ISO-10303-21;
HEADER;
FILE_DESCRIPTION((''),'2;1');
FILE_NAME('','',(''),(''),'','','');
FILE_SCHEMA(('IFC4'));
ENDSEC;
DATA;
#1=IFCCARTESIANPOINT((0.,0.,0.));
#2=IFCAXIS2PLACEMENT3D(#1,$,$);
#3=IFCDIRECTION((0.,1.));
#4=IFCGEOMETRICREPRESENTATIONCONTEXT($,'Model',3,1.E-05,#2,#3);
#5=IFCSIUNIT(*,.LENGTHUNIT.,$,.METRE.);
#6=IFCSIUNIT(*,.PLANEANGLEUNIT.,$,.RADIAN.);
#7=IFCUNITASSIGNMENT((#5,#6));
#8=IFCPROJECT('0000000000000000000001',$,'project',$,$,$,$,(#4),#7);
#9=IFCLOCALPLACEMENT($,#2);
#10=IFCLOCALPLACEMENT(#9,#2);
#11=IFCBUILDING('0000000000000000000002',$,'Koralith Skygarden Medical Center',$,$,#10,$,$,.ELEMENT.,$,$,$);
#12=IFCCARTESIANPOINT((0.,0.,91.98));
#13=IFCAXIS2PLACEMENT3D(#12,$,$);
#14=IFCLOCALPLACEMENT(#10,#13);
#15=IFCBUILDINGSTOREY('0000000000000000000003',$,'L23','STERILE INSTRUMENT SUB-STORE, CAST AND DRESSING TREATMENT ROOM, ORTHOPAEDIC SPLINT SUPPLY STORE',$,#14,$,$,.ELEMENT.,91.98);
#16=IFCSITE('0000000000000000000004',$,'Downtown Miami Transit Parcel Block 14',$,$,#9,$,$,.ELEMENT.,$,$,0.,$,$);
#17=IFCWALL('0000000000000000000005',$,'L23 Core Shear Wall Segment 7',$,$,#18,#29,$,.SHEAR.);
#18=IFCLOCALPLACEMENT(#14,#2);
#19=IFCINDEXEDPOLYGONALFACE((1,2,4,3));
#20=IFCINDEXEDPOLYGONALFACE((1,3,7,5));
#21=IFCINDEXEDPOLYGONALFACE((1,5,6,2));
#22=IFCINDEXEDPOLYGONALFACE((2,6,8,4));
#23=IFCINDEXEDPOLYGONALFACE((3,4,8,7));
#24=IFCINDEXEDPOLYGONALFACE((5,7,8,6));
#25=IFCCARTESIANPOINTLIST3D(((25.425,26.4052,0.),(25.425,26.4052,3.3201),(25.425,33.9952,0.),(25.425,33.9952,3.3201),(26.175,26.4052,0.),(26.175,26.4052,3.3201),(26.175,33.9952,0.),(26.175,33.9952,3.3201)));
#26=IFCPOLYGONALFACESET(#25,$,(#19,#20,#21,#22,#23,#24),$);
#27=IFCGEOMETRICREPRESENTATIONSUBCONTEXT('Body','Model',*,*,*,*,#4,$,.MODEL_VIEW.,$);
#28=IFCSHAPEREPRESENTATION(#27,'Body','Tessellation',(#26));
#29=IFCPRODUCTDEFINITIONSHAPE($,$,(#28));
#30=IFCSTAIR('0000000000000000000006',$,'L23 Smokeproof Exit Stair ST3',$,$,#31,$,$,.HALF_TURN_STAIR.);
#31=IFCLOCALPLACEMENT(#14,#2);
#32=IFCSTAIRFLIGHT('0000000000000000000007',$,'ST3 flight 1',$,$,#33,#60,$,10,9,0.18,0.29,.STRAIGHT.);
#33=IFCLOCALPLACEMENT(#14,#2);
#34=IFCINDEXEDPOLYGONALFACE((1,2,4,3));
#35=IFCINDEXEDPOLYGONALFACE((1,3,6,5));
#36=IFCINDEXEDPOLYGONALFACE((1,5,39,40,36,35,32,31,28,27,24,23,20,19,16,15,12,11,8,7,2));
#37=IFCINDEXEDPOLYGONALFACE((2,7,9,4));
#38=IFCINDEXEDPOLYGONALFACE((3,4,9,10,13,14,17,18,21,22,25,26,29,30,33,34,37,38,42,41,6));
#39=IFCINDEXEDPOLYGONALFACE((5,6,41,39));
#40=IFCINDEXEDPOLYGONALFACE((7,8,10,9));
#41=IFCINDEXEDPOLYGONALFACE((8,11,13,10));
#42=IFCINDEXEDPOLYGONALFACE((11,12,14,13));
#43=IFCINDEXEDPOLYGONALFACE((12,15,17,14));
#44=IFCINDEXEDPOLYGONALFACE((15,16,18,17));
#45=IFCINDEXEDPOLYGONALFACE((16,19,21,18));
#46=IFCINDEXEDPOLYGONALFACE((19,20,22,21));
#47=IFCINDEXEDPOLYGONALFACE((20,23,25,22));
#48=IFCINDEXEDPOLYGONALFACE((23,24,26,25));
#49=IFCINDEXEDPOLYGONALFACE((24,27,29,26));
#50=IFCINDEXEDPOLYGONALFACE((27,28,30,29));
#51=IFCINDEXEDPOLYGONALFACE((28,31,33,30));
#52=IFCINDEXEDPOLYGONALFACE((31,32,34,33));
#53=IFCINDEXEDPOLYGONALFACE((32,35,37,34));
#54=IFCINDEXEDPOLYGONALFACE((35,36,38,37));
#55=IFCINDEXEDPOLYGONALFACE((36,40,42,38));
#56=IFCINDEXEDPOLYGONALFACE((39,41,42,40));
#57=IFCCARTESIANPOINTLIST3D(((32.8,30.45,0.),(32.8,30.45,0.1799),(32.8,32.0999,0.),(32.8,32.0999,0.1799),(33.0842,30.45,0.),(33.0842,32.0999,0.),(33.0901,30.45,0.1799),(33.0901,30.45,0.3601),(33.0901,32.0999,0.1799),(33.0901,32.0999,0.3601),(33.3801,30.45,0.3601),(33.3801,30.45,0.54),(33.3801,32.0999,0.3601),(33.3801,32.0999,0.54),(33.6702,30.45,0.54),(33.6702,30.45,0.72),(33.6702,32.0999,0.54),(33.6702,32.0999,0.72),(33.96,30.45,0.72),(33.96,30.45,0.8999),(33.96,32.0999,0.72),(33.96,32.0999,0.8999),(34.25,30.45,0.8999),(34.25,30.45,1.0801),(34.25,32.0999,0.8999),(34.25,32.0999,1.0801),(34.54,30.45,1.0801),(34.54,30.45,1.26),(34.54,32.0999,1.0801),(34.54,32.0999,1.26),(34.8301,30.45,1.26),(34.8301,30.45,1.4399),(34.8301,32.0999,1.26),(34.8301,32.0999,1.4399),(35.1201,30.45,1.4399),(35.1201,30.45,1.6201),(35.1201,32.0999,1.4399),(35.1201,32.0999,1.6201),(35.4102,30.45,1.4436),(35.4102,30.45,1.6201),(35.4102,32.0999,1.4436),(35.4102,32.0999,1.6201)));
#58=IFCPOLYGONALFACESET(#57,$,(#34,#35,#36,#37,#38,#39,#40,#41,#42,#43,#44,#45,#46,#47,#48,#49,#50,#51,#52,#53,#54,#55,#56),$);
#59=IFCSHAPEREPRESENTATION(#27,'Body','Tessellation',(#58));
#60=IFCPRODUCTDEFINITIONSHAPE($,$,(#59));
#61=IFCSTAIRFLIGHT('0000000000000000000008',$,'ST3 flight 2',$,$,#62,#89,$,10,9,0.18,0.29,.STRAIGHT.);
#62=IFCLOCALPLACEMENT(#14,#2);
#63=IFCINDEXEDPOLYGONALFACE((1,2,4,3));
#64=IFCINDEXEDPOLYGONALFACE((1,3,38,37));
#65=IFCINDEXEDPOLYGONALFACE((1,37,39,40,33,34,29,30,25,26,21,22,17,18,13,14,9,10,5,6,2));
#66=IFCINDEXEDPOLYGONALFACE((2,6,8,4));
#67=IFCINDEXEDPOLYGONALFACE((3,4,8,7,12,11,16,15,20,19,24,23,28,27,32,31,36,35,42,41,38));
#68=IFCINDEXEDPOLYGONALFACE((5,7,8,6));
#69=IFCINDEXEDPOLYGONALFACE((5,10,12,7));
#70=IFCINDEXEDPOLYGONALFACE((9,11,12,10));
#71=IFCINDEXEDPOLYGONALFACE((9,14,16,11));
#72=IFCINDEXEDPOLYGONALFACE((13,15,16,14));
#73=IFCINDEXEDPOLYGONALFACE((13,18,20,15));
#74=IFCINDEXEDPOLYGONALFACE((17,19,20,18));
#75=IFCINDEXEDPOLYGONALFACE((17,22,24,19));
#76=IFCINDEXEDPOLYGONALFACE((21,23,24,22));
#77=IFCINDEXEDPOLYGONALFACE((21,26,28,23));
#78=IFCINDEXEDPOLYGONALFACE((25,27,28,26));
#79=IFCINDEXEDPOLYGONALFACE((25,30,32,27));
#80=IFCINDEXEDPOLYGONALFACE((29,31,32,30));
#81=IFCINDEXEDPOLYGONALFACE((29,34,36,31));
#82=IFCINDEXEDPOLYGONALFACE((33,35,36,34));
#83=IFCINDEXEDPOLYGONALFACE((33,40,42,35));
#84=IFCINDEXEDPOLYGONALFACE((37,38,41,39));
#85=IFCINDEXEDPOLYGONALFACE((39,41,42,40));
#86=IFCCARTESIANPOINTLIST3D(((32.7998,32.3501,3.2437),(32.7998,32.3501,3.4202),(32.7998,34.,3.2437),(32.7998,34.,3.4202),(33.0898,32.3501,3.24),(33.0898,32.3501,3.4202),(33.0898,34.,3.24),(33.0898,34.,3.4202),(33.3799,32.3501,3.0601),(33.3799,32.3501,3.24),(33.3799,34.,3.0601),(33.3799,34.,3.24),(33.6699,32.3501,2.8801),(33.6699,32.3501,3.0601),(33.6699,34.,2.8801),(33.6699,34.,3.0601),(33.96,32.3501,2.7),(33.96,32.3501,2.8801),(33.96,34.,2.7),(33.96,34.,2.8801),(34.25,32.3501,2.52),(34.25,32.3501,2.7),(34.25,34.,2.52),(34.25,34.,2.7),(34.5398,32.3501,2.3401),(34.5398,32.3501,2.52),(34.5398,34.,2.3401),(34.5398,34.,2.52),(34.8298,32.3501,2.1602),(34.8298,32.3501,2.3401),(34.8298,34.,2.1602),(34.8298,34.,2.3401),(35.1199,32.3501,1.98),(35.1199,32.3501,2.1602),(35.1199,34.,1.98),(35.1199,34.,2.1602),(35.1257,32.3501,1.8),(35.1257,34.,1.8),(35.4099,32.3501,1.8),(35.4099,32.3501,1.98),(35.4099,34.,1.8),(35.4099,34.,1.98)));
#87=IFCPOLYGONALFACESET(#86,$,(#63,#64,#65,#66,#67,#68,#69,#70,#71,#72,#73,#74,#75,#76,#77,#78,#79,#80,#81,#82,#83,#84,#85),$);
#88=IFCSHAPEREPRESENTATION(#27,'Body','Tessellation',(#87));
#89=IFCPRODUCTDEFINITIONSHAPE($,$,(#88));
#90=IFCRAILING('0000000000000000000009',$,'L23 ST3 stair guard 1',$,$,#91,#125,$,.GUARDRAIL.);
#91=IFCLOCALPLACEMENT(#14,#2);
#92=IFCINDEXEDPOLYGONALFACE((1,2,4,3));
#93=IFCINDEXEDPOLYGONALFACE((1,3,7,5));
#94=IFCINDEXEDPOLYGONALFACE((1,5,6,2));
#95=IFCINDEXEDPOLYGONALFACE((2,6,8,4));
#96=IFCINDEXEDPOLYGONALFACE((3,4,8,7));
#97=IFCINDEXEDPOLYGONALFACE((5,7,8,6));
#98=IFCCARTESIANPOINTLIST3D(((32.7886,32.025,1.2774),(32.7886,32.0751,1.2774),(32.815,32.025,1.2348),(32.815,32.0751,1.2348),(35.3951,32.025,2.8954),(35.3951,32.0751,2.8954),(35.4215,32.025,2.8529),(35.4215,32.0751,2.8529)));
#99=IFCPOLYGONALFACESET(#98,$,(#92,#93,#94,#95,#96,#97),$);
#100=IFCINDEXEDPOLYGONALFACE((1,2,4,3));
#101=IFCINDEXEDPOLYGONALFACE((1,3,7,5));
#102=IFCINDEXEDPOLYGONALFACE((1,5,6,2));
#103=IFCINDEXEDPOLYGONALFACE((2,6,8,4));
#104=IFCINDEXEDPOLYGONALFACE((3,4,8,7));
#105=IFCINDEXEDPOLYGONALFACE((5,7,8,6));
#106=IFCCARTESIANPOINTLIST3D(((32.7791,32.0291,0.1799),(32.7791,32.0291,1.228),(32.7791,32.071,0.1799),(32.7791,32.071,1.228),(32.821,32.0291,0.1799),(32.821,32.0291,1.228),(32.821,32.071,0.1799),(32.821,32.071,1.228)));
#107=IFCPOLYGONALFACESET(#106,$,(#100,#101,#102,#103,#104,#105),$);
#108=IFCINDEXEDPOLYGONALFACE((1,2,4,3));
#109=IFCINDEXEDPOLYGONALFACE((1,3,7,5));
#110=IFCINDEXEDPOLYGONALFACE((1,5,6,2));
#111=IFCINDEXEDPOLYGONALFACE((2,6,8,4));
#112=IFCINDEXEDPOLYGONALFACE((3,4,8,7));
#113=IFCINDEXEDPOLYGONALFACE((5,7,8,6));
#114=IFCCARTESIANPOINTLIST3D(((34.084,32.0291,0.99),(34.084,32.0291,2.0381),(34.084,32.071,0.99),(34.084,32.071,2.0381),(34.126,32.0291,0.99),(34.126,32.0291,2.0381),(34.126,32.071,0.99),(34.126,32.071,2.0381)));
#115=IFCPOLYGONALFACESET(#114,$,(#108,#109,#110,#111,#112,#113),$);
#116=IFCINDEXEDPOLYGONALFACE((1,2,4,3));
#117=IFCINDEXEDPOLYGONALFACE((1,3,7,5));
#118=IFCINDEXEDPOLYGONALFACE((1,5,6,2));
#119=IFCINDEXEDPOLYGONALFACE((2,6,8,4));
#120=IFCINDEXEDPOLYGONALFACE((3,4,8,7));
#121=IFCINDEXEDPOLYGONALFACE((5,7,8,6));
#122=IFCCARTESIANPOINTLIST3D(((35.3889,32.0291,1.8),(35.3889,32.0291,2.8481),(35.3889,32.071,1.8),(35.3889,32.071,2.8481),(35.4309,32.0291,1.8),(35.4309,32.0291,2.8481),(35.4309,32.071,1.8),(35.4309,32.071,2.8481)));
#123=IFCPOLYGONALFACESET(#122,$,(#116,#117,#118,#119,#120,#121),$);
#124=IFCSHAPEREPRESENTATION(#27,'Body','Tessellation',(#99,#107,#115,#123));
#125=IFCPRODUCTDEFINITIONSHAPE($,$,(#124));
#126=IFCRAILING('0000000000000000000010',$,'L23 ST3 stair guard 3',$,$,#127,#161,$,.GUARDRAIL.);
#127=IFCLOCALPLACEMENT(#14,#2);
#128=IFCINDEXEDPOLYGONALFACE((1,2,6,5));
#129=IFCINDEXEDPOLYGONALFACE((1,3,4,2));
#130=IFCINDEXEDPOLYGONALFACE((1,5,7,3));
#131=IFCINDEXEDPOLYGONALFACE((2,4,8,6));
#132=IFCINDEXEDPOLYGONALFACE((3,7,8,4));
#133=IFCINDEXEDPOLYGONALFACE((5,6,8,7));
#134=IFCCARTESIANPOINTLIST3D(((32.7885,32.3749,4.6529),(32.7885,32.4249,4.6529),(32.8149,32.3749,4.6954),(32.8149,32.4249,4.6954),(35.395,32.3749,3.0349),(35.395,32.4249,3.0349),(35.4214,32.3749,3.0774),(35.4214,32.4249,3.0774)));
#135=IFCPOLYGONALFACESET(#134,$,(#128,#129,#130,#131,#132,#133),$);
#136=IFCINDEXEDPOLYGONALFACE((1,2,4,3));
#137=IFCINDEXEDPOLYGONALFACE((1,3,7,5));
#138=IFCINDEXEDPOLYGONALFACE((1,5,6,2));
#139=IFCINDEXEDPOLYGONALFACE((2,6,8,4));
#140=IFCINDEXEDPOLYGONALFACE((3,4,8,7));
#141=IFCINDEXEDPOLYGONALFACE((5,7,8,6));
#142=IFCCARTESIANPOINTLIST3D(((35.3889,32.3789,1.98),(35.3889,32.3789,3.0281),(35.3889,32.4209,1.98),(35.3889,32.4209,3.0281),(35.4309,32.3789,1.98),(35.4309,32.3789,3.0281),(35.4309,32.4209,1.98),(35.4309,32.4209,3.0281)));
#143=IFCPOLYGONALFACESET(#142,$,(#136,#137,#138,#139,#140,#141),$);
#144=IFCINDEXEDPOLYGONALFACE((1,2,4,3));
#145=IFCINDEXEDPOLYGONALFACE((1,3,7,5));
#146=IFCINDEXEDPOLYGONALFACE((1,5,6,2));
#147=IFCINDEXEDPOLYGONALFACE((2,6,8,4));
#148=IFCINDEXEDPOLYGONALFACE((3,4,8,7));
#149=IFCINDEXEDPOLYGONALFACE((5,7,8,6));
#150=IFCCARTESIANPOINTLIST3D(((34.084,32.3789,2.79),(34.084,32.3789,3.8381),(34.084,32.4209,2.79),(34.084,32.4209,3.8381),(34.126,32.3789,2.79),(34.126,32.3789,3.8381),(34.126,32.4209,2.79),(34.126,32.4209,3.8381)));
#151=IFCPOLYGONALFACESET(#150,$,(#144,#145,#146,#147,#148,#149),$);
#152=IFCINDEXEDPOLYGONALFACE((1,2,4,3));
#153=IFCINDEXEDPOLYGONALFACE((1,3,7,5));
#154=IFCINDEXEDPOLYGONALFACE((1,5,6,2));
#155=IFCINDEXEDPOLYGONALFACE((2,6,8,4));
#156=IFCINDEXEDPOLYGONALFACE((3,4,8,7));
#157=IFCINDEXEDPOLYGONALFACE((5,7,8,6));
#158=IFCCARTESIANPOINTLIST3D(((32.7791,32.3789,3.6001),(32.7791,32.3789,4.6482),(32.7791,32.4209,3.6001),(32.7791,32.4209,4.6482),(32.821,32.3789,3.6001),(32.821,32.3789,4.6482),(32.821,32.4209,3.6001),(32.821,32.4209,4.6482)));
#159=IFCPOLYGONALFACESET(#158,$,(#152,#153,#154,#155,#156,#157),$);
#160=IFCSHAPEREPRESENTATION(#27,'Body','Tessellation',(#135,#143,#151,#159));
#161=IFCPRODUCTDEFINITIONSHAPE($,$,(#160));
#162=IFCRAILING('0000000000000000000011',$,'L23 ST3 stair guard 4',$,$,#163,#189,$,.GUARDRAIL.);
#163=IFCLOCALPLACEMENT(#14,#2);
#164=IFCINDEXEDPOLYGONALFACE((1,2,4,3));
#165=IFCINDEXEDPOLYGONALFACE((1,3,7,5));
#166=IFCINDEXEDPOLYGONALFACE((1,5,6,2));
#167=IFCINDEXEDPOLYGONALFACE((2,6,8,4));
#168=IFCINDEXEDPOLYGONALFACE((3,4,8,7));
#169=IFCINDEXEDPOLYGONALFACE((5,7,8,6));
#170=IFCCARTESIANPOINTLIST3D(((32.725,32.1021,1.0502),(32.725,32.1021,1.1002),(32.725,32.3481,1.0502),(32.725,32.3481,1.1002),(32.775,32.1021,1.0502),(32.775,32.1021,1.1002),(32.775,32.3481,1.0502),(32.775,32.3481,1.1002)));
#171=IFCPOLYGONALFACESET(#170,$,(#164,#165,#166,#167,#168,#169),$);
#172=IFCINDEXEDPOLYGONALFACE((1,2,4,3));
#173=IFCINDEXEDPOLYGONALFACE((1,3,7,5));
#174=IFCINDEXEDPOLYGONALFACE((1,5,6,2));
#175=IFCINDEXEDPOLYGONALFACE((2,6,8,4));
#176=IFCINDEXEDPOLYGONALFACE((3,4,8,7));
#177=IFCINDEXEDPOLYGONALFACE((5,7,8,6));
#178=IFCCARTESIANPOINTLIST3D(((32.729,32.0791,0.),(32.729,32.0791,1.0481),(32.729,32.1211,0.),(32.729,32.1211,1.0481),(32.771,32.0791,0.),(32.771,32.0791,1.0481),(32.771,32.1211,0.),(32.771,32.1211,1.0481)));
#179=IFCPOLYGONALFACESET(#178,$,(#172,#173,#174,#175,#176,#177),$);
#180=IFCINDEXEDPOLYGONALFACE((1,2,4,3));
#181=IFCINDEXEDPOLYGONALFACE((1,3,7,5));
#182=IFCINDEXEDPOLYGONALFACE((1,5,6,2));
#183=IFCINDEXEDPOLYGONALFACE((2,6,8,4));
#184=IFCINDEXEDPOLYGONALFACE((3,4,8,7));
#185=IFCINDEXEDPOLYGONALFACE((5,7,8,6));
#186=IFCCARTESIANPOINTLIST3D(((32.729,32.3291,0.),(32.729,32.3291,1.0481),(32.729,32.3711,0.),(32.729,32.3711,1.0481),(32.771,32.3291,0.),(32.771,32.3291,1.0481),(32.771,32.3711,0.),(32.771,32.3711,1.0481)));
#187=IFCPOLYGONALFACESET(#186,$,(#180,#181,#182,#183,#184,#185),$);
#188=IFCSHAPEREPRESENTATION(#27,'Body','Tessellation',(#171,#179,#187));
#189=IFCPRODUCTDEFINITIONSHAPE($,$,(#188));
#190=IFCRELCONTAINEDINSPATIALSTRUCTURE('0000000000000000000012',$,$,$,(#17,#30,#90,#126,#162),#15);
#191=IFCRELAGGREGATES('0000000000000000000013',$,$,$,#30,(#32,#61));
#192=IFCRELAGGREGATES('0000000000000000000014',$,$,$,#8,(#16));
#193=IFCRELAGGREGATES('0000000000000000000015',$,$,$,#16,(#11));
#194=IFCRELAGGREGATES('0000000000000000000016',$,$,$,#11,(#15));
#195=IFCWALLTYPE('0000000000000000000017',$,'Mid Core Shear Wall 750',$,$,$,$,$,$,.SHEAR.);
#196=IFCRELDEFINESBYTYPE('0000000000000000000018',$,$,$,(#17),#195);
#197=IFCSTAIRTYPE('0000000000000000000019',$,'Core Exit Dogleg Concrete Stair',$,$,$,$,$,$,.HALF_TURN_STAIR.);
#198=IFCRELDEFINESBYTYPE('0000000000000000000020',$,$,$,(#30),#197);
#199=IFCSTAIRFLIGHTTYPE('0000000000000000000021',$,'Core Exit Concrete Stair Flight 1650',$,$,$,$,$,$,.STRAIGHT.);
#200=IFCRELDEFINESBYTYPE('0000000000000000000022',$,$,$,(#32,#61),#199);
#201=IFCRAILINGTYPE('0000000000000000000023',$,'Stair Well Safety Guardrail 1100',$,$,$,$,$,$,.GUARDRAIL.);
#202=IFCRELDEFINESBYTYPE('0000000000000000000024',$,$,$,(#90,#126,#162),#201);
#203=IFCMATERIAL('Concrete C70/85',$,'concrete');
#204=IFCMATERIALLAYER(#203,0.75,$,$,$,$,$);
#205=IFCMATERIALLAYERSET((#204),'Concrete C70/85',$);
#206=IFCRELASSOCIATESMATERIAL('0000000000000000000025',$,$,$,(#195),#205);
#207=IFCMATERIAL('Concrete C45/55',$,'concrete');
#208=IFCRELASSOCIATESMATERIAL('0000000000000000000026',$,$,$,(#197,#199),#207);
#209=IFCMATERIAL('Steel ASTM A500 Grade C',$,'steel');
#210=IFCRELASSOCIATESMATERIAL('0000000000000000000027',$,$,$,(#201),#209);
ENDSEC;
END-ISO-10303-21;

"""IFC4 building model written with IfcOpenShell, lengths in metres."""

from ifc_helpers import new_model, si_unit, direction, frame, frame_2d, origin, origin_2d, place, context, subcontext, project, spatial, polyline, rectangle, outline, extrude, material, layer, layer_set, type_object, element, aggregate, save


model = new_model("IFC4")

# Units and contexts
model_context = context("Model", 3, precision=1e-05, world=origin(), true_north=direction((0.0, 1.0)))
body_context = subcontext(model_context, "Body", "Model", "MODEL_VIEW")
ifc_project = project(units=[si_unit("LENGTHUNIT", "METRE"), si_unit("PLANEANGLEUNIT", "RADIAN")], contexts=[model_context])

# Site, building, storey
site_placement = place(None, origin())
site = spatial("IfcSite", under=ifc_project, at=site_placement, Name="Downtown Miami Transit Parcel Block 14", CompositionType="ELEMENT", RefElevation=0.0)
building_placement = place(site_placement, origin())
building = spatial("IfcBuilding", under=site, at=building_placement, Name="Koralith Skygarden Medical Center", CompositionType="ELEMENT")
storey_placement = place(building_placement, frame((0.0, 0.0, 91.98)))
storey = spatial("IfcBuildingStorey", under=building, at=storey_placement, Name="L23", Description="STERILE INSTRUMENT SUB-STORE, CAST AND DRESSING TREATMENT ROOM, ORTHOPAEDIC SPLINT SUPPLY STORE", CompositionType="ELEMENT", Elevation=91.98)

# Shared definitions
ifc_material_1 = material(Name="Concrete C70/85", Category="concrete")

# Shared definitions
ifc_material_2 = material(Name="Concrete C45/55", Category="concrete")

# Wall
ifc_layer_1 = layer(ifc_material_1, 0.75)
ifc_layer_set_1 = layer_set([ifc_layer_1], Name="Concrete C70/85")
wall_type_1 = type_object("IfcWallType", Name="Mid Core Shear Wall 750", PredefinedType="SHEAR", material=ifc_layer_set_1)
wall_1_placement = place(storey_placement, frame((25.8, 33.9951, 0.0), z_axis=(0.0, 0.0, 1.0), x_axis=(0.0, -1.0, 0.0)))
element("IfcWall", 1, at=wall_1_placement, inside=storey, type_object=wall_type_1, Name="L23 Core Shear Wall Segment 7", PredefinedType="SHEAR", context=body_context, shape_type="SweptSolid", body=[
    extrude(rectangle(XDim=7.5901, YDim=0.75, at=frame_2d((3.7949, 0.0))), origin(), (0.0, 0.0, 1.0), 3.3201),
])

# Stair, stair flights
stair_type = type_object("IfcStairType", Name="Core Exit Dogleg Concrete Stair", PredefinedType="HALF_TURN_STAIR", material=ifc_material_2)
stair_placement = place(storey_placement, origin())
stair = element("IfcStair", 2, at=stair_placement, inside=storey, type_object=stair_type, Name="L23 Smokeproof Exit Stair ST3", PredefinedType="HALF_TURN_STAIR")
stair_flight_type = type_object("IfcStairFlightType", Name="Core Exit Concrete Stair Flight 1650", PredefinedType="STRAIGHT", material=ifc_material_2)
stair_flight_1_placement = place(storey_placement, frame((32.8, 31.2749, 0.0), z_axis=(0.0, 0.0, 1.0), x_axis=(1.0, 0.0, 0.0)))
stair_flight_1 = element("IfcStairFlight", 3, at=stair_flight_1_placement, type_object=stair_flight_type, Name="ST3 flight 1", NumberOfRisers=10, NumberOfTreads=9, PredefinedType="STRAIGHT", RiserHeight=0.18, TreadLength=0.29, context=body_context, shape_type="SweptSolid", body=[
    extrude(outline(polyline([(0.0, 0.0), (0.0, 0.1799), (0.29, 0.1799), (0.29, 0.3601), (0.5801, 0.3601), (0.5801, 0.54), (0.8701, 0.54), (0.8701, 0.72), (1.1599, 0.72), (1.1599, 0.8999), (1.45, 0.8999), (1.45, 1.0801), (1.74, 1.0801), (1.74, 1.26), (2.03, 1.26), (2.03, 1.4399), (2.3201, 1.4399), (2.3201, 1.6201), (2.6101, 1.6201), (2.6101, 1.8), (2.6101, 1.4436), (0.2842, 0.0), (0.0, 0.0)])), frame((0.0, 0.825, 0.0), z_axis=(0.0, -1.0, 0.0), x_axis=(1.0, 0.0, 0.0)), (0.0, 0.0, 1.0), 1.6499),
])
stair_flight_2_placement = place(storey_placement, frame((35.4099, 33.175, 1.8), z_axis=(0.0, 0.0, 1.0), x_axis=(-1.0, 0.0, 0.0)))
stair_flight_2 = element("IfcStairFlight", 4, at=stair_flight_2_placement, type_object=stair_flight_type, Name="ST3 flight 2", NumberOfRisers=10, NumberOfTreads=9, PredefinedType="STRAIGHT", RiserHeight=0.18, TreadLength=0.29, context=body_context, shape_type="SweptSolid", body=[
    extrude(outline(polyline([(0.0, 0.0), (0.0, 0.1799), (0.29, 0.1799), (0.29, 0.3601), (0.5801, 0.3601), (0.5801, 0.54), (0.8701, 0.54), (0.8701, 0.72), (1.1599, 0.72), (1.1599, 0.8999), (1.45, 0.8999), (1.45, 1.0801), (1.74, 1.0801), (1.74, 1.26), (2.03, 1.26), (2.03, 1.4399), (2.3201, 1.4399), (2.3201, 1.6201), (2.6101, 1.6201), (2.6101, 1.8), (2.6101, 1.4436), (0.2842, 0.0), (0.0, 0.0)])), frame((0.0, 0.825, 0.0), z_axis=(0.0, -1.0, 0.0), x_axis=(1.0, 0.0, 0.0)), (0.0, 0.0, 1.0), 1.6499),
])
aggregate(stair, [stair_flight_1, stair_flight_2])

# Railings
ifc_material_3 = material(Name="Steel ASTM A500 Grade C", Category="steel")
railing_type = type_object("IfcRailingType", Name="Stair Well Safety Guardrail 1100", PredefinedType="GUARDRAIL", material=ifc_material_3)
railing_1_placement = place(storey_placement, frame((32.8, 32.05, 0.1799)))
element("IfcRailing", 5, at=railing_1_placement, inside=storey, type_object=railing_type, Name="L23 ST3 stair guard 1", PredefinedType="GUARDRAIL", context=body_context, shape_type="SweptSolid", body=[
    extrude(rectangle(XDim=0.05, YDim=0.05, at=origin_2d()), frame((0.0017, 0.0, 1.0762), z_axis=(0.849611, 0.0, 0.52741), x_axis=(0.0, 1.0, 0.0)), (0.0, 0.0, 1.0), 3.0679),
    extrude(rectangle(XDim=0.042, YDim=0.042, at=origin_2d()), origin(), (0.0, 0.0, 1.0), 1.0481),
    extrude(rectangle(XDim=0.042, YDim=0.042, at=origin_2d()), frame((1.3049, 0.0, 0.8101)), (0.0, 0.0, 1.0), 1.0481),
    extrude(rectangle(XDim=0.042, YDim=0.042, at=origin_2d()), frame((2.6099, 0.0, 1.6201)), (0.0, 0.0, 1.0), 1.0481),
])
railing_2_placement = place(storey_placement, frame((35.4099, 32.3999, 1.98)))
element("IfcRailing", 6, at=railing_2_placement, inside=storey, type_object=railing_type, Name="L23 ST3 stair guard 3", PredefinedType="GUARDRAIL", context=body_context, shape_type="SweptSolid", body=[
    extrude(rectangle(XDim=0.05, YDim=0.05, at=origin_2d()), frame((-0.0017, 0.0, 1.0762), z_axis=(-0.849611, 0.0, 0.52741), x_axis=(0.0, -1.0, 0.0)), (0.0, 0.0, 1.0), 3.0679),
    extrude(rectangle(XDim=0.042, YDim=0.042, at=origin_2d()), origin(), (0.0, 0.0, 1.0), 1.0481),
    extrude(rectangle(XDim=0.042, YDim=0.042, at=origin_2d()), frame((-1.3049, 0.0, 0.8101)), (0.0, 0.0, 1.0), 1.0481),
    extrude(rectangle(XDim=0.042, YDim=0.042, at=origin_2d()), frame((-2.6099, 0.0, 1.6201)), (0.0, 0.0, 1.0), 1.0481),
])
railing_3_placement = place(storey_placement, frame((32.75, 32.1001, 0.0)))
element("IfcRailing", 7, at=railing_3_placement, inside=storey, type_object=railing_type, Name="L23 ST3 stair guard 4", PredefinedType="GUARDRAIL", context=body_context, shape_type="SweptSolid", body=[
    extrude(rectangle(XDim=0.05, YDim=0.05, at=origin_2d()), frame((0.0, 0.002, 1.0752), z_axis=(0.0, 1.0, 0.0), x_axis=(-1.0, 0.0, 0.0)), (0.0, 0.0, 1.0), 0.2461),
    extrude(rectangle(XDim=0.042, YDim=0.042, at=origin_2d()), origin(), (0.0, 0.0, 1.0), 1.0481),
    extrude(rectangle(XDim=0.042, YDim=0.042, at=origin_2d()), frame((0.0, 0.25, 0.0)), (0.0, 0.0, 1.0), 1.0481),
])

save(model, "model.ifc")
